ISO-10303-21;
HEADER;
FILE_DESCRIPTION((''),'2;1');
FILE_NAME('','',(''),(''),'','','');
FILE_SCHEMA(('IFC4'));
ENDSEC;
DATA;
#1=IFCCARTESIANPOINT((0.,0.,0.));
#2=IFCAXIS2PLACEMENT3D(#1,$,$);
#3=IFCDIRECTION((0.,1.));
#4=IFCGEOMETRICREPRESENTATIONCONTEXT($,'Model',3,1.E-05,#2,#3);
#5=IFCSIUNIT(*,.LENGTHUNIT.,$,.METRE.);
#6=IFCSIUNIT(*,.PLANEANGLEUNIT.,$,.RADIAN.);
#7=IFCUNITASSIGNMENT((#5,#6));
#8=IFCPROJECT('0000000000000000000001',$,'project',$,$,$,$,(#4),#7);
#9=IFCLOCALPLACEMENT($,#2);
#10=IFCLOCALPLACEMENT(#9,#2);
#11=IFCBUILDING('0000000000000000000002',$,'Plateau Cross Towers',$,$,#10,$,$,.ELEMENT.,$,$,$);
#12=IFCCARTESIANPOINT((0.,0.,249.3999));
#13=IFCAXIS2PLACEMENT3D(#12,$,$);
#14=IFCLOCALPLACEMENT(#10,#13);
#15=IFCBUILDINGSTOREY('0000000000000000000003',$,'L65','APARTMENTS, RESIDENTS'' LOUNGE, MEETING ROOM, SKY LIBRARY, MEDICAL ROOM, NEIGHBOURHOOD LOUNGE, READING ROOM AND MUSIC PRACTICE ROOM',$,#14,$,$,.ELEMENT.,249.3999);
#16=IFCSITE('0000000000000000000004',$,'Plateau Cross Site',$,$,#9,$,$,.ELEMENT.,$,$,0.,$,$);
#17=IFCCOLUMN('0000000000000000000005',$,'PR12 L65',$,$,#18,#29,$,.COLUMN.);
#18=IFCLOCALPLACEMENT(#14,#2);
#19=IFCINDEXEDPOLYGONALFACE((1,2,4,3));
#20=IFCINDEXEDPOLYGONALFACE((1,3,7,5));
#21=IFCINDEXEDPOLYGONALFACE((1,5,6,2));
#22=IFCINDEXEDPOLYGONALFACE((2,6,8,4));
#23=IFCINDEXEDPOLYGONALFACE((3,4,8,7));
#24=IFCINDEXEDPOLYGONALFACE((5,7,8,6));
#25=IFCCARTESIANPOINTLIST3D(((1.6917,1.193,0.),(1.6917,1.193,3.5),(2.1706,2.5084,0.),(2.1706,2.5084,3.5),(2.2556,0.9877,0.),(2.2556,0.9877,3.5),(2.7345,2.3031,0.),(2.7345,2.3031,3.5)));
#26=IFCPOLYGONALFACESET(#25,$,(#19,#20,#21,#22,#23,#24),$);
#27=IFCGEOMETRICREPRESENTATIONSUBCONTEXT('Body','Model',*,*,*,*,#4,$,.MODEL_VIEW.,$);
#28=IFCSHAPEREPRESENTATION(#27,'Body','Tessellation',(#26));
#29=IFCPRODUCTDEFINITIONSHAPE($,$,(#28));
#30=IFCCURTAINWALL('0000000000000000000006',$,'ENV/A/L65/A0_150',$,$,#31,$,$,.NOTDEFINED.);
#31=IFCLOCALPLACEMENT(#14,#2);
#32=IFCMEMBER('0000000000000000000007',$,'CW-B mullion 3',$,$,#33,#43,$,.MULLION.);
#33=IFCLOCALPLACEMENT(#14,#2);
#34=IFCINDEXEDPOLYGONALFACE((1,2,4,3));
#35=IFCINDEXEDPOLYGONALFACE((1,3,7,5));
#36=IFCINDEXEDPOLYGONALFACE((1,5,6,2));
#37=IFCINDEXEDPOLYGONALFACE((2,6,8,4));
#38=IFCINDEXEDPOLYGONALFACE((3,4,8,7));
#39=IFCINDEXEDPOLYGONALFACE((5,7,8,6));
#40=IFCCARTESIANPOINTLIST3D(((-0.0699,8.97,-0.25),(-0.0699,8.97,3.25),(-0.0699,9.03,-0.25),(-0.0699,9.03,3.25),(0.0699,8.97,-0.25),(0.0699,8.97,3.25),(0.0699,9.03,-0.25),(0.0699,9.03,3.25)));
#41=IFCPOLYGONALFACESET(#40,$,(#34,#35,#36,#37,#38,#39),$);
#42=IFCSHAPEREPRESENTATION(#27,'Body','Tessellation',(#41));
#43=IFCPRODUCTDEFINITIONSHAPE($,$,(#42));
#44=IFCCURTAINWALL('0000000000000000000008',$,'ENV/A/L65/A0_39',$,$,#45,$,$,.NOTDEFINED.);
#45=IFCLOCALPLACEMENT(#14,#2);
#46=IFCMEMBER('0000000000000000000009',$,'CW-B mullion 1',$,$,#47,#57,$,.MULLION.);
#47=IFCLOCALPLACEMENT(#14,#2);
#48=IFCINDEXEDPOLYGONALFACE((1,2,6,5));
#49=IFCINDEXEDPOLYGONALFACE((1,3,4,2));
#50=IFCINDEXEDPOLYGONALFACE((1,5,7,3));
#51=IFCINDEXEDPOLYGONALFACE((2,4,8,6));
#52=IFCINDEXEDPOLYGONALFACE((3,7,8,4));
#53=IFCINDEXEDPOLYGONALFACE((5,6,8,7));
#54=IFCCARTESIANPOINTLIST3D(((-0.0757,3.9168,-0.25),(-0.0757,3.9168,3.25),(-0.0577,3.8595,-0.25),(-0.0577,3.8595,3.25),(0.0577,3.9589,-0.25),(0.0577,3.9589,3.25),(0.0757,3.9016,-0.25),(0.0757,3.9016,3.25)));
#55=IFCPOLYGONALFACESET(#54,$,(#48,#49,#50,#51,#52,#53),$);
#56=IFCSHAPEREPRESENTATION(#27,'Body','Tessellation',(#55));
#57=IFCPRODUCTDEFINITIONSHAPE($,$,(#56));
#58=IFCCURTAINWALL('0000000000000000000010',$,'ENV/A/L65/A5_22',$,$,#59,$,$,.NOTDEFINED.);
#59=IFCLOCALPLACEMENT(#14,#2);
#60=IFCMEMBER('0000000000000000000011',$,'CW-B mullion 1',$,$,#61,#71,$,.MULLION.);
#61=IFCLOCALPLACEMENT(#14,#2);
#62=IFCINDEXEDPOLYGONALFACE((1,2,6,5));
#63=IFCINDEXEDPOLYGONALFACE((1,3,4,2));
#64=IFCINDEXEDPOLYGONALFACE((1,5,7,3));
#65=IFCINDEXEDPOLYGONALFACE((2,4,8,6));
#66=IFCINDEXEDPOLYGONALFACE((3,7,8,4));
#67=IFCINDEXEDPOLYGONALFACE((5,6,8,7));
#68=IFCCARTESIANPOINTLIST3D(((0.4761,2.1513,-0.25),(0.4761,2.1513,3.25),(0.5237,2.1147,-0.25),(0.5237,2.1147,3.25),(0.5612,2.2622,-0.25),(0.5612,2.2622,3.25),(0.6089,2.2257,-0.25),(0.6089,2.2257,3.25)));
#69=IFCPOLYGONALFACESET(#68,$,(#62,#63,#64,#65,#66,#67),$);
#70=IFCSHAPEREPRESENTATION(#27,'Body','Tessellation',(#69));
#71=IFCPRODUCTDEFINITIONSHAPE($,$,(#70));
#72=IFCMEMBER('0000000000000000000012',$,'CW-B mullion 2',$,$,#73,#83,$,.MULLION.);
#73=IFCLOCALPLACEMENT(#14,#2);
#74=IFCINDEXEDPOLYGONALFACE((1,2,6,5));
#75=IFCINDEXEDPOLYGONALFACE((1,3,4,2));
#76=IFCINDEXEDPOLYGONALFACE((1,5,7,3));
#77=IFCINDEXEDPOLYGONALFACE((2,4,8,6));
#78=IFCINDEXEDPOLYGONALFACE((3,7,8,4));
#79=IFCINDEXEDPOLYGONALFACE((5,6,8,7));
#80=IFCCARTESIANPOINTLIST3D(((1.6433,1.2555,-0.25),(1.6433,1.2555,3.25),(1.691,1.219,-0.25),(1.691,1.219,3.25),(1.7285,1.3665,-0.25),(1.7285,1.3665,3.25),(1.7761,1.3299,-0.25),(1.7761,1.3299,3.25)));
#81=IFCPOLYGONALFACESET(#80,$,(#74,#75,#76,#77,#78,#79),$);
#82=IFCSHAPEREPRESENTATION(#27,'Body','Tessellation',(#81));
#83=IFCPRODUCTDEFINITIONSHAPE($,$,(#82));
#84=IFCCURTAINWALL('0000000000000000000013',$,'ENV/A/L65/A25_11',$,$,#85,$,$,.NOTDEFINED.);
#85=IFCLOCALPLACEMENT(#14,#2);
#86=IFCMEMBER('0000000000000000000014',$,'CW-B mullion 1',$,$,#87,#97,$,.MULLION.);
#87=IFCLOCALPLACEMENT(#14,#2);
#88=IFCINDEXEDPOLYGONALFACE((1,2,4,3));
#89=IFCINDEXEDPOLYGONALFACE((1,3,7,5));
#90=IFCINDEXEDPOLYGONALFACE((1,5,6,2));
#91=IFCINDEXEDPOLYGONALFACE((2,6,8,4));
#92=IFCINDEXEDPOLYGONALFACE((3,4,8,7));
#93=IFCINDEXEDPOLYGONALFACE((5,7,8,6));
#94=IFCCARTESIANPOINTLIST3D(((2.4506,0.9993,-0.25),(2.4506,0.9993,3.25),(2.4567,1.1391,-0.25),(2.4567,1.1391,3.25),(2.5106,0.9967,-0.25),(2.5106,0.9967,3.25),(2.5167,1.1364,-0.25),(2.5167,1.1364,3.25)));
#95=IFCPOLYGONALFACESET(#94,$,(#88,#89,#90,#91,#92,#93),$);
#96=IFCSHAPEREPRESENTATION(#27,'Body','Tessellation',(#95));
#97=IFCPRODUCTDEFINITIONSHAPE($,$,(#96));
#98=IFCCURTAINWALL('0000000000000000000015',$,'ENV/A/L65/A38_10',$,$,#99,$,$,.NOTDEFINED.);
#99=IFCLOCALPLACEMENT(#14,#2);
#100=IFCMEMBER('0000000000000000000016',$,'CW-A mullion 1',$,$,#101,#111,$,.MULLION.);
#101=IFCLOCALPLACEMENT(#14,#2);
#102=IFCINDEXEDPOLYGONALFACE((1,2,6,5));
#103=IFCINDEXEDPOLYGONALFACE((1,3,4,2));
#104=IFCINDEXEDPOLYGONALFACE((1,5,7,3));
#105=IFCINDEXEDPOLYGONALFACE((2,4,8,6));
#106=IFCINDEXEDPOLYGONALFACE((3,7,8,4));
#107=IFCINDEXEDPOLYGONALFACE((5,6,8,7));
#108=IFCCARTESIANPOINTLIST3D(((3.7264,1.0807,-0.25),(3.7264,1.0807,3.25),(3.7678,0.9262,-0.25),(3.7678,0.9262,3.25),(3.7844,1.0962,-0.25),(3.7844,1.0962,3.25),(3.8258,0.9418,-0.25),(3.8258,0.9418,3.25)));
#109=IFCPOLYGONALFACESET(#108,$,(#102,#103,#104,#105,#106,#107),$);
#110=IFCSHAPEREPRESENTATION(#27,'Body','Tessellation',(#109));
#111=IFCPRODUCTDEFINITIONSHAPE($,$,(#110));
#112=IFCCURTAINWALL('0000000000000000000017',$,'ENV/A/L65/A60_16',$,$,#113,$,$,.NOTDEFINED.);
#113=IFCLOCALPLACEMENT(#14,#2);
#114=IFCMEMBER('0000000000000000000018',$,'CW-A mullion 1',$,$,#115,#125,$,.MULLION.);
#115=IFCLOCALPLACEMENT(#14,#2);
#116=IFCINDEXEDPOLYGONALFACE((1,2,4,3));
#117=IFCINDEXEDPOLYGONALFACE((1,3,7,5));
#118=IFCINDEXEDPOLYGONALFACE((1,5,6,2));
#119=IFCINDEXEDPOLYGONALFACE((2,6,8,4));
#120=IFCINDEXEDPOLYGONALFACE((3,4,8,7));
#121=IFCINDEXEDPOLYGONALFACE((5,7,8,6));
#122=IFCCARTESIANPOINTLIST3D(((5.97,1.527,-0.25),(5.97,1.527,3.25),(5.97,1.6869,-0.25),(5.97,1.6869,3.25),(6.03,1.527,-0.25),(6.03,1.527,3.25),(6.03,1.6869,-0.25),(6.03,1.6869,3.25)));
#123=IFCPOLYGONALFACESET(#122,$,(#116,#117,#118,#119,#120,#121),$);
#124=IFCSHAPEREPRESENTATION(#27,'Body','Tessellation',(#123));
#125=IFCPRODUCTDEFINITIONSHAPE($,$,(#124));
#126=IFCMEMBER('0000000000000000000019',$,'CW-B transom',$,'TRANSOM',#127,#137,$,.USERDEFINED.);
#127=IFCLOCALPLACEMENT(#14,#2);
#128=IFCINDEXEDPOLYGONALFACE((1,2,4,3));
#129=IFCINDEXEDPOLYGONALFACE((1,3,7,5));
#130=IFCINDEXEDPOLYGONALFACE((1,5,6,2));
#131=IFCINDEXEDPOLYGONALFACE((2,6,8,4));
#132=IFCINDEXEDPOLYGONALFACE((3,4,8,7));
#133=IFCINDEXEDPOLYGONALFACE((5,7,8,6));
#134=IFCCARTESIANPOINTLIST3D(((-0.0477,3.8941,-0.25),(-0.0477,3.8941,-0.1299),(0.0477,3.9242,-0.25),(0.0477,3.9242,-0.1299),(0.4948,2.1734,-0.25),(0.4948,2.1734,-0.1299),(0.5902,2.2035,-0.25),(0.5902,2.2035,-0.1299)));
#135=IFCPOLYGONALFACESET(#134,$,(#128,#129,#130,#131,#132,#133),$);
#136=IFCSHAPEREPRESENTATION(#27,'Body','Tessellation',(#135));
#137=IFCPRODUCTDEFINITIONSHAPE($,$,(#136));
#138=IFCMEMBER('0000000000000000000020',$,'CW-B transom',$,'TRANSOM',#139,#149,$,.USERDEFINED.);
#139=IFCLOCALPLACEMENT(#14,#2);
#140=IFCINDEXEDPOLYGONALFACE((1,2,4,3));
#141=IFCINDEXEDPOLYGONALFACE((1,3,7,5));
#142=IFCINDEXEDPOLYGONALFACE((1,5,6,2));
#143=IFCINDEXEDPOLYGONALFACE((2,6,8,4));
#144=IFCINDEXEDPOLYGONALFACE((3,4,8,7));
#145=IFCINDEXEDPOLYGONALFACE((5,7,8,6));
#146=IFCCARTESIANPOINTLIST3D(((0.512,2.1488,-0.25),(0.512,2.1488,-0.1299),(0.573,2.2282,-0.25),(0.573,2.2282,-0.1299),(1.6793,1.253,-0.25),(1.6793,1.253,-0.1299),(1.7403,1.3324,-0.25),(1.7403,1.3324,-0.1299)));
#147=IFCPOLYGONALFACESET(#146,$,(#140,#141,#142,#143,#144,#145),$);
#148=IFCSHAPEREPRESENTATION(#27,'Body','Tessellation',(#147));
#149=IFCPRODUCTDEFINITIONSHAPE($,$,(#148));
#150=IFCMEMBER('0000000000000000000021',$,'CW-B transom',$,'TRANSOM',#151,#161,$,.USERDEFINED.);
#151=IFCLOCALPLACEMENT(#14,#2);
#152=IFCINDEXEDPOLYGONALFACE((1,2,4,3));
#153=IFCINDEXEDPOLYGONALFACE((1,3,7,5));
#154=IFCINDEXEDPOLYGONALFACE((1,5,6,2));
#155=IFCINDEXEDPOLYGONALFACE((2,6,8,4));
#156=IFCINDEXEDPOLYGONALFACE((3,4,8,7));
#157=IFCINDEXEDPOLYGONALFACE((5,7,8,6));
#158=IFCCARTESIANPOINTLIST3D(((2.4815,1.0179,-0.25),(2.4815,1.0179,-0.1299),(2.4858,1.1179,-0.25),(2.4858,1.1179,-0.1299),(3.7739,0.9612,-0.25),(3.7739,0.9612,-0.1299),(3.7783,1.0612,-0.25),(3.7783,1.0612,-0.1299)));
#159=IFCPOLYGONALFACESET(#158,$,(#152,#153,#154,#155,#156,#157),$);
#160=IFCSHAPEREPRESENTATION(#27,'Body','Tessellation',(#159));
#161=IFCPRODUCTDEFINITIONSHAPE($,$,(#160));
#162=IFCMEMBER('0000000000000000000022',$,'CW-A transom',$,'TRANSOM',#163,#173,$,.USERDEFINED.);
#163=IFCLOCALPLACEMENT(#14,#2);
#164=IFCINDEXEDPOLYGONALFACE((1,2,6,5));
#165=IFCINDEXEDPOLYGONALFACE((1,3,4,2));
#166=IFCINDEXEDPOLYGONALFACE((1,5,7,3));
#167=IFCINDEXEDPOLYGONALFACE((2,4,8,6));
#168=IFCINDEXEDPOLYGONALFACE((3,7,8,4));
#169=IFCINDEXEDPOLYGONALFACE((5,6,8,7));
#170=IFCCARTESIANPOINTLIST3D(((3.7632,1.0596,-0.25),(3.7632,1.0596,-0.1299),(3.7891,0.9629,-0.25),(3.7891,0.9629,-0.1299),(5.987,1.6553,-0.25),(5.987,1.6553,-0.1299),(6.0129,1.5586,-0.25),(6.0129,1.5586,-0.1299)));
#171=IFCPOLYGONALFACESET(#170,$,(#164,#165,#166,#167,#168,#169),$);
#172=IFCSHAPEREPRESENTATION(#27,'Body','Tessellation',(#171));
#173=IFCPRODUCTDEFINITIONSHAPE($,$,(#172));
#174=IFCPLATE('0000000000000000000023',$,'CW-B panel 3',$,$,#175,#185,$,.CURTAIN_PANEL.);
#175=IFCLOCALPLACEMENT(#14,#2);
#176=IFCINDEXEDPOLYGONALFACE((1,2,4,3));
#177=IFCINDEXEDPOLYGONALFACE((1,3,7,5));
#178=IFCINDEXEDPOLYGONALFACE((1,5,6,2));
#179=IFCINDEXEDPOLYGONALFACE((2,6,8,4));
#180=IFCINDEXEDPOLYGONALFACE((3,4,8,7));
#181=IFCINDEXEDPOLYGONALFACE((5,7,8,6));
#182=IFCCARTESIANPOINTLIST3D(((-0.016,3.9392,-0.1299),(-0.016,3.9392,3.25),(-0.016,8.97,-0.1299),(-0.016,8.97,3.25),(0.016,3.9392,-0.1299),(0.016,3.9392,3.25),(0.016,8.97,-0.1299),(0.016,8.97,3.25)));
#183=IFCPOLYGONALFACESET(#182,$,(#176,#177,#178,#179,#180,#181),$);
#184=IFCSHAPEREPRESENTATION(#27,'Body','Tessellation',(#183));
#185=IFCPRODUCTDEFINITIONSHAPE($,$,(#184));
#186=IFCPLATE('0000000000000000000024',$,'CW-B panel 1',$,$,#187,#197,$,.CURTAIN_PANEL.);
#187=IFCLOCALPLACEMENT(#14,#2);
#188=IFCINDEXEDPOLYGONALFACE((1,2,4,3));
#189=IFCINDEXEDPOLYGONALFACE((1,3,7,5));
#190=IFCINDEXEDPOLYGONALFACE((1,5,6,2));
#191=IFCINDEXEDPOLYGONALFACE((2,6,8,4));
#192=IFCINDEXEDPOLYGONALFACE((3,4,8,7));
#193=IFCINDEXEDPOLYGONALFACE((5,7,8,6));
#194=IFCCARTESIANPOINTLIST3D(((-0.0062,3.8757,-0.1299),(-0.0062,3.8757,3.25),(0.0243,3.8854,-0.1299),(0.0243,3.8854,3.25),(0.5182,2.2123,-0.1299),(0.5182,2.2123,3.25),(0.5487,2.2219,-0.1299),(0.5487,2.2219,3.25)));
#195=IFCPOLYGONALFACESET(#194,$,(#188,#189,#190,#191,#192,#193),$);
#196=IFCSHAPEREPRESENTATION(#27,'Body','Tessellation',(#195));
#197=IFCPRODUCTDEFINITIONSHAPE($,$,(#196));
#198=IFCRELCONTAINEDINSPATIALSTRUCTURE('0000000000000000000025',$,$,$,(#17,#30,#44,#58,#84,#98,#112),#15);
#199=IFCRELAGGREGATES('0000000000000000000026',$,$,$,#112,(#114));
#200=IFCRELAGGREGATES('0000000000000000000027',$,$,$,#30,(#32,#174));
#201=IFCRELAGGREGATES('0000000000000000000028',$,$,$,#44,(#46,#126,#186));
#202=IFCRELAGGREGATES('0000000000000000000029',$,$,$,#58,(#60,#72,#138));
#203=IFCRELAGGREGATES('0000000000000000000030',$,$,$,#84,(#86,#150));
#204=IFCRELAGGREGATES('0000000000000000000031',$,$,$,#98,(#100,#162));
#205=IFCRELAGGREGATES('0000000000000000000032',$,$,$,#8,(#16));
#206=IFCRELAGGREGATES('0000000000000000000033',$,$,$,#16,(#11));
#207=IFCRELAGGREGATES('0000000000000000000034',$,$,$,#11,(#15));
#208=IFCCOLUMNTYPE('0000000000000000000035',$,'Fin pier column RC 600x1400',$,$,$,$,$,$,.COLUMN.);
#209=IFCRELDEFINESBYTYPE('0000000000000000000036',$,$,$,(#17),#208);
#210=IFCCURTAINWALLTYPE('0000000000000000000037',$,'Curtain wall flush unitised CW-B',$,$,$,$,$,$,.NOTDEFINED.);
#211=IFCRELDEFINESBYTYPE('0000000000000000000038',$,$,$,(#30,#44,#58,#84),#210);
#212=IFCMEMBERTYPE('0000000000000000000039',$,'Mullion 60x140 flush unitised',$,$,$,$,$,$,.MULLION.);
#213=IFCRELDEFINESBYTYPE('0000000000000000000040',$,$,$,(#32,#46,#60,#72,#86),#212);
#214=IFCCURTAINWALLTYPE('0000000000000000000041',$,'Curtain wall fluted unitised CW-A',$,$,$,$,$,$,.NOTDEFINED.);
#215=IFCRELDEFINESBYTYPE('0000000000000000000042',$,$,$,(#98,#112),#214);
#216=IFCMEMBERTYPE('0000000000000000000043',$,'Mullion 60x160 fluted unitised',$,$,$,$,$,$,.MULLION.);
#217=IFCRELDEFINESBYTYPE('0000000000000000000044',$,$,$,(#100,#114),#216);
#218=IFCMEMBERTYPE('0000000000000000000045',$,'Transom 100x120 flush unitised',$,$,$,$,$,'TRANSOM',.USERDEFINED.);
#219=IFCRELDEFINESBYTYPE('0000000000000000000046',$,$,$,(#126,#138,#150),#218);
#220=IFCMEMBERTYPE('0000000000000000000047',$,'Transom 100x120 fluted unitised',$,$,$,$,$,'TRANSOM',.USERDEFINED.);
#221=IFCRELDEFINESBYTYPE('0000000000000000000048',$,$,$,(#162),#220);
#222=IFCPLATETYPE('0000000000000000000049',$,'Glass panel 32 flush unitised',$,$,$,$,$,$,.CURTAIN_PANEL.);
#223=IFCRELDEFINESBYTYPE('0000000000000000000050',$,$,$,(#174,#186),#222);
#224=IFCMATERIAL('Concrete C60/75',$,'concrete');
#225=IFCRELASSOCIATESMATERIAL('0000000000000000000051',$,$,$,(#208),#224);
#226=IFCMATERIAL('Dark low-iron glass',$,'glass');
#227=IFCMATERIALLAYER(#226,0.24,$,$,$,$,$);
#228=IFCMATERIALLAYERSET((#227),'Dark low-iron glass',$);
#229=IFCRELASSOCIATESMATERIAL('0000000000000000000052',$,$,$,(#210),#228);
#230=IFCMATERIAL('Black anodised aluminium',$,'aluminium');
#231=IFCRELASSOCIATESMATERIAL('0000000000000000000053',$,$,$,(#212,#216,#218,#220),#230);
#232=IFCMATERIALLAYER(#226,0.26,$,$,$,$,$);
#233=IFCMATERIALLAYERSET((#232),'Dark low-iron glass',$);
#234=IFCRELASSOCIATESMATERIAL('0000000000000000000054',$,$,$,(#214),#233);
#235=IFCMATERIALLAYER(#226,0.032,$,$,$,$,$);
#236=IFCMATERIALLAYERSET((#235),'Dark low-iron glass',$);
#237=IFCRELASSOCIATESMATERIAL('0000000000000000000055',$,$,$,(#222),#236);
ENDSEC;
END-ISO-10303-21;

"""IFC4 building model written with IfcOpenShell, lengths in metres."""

from ifc_helpers import new_model, si_unit, direction, frame, origin, origin_2d, place, context, subcontext, project, spatial, rectangle, extrude, material, layer, layer_set, material_profile, profile_set, type_object, element, aggregate, save


model = new_model("IFC4")

# Units and contexts
model_context = context("Model", 3, precision=1e-05, world=origin(), true_north=direction((0.0, 1.0)))
body_context = subcontext(model_context, "Body", "Model", "MODEL_VIEW")
ifc_project = project(units=[si_unit("LENGTHUNIT", "METRE"), si_unit("PLANEANGLEUNIT", "RADIAN")], contexts=[model_context])

# Site, building, storey
site_placement = place(None, origin())
site = spatial("IfcSite", under=ifc_project, at=site_placement, Name="Plateau Cross Site", CompositionType="ELEMENT", RefElevation=0.0)
building_placement = place(site_placement, origin())
building = spatial("IfcBuilding", under=site, at=building_placement, Name="Plateau Cross Towers", CompositionType="ELEMENT")
storey_placement = place(building_placement, frame((0.0, 0.0, 249.3999)))
storey = spatial("IfcBuildingStorey", under=building, at=storey_placement, Name="L65", Description="APARTMENTS, RESIDENTS' LOUNGE, MEETING ROOM, SKY LIBRARY, MEDICAL ROOM, NEIGHBOURHOOD LOUNGE, READING ROOM AND MUSIC PRACTICE ROOM", CompositionType="ELEMENT", Elevation=249.3999)

# Column
ifc_material_1 = material(Name="Concrete C60/75", Category="concrete")
ifc_material_profile_1 = material_profile(ifc_material_1, rectangle(XDim=0.6001, YDim=1.3999, at=origin_2d()), Name="RC 600x1400")
ifc_profile_set_1 = profile_set([ifc_material_profile_1], Name="Concrete C60/75")
column_type = type_object("IfcColumnType", Name="Fin pier column RC 600x1400", PredefinedType="COLUMN", material=ifc_profile_set_1)
column_placement = place(storey_placement, frame((2.2131, 1.748, 0.0), z_axis=(0.0, 0.0, 1.0), x_axis=(-0.939664, 0.342098, 0.0)))
element("IfcColumn", 1, at=column_placement, inside=storey, type_object=column_type, Name="PR12 L65", PredefinedType="COLUMN", context=body_context, shape_type="SweptSolid", body=[
    extrude(rectangle(XDim=0.6001, YDim=1.3999, at=origin_2d()), origin(), (0.0, 0.0, 1.0), 3.5),
])

# Curtain walls, members
ifc_material_2 = material(Name="Dark low-iron glass", Category="glass")
ifc_layer_1 = layer(ifc_material_2, 0.24)
ifc_layer_set_1 = layer_set([ifc_layer_1], Name="Dark low-iron glass")
curtain_wall_type_1 = type_object("IfcCurtainWallType", Name="Curtain wall flush unitised CW-B", PredefinedType="NOTDEFINED", material=ifc_layer_set_1)
curtain_wall_1_placement = place(storey_placement, origin())
curtain_wall_1 = element("IfcCurtainWall", 2, at=curtain_wall_1_placement, inside=storey, type_object=curtain_wall_type_1, Name="ENV/A/L65/A0_150", PredefinedType="NOTDEFINED")
ifc_material_3 = material(Name="Black anodised aluminium", Category="aluminium")
ifc_material_profile_2 = material_profile(ifc_material_3, rectangle(XDim=0.0601, YDim=0.1399, at=origin_2d()), Name="MULLION 60x140")
ifc_profile_set_2 = profile_set([ifc_material_profile_2], Name="Black anodised aluminium")
member_type_1 = type_object("IfcMemberType", Name="Mullion 60x140 flush unitised", PredefinedType="MULLION", material=ifc_profile_set_2)
member_1_placement = place(storey_placement, frame((0.0, 9.0, -0.25), z_axis=(0.0, 0.0, 1.0), x_axis=(0.0, -1.0, 0.0)))
member_1 = element("IfcMember", 3, at=member_1_placement, type_object=member_type_1, Name="CW-B mullion 3", PredefinedType="MULLION", context=body_context, shape_type="SweptSolid", body=[
    extrude(rectangle(XDim=0.0601, YDim=0.1399, at=origin_2d()), origin(), (0.0, 0.0, 1.0), 3.5),
])
curtain_wall_2_placement = place(storey_placement, origin())
curtain_wall_2 = element("IfcCurtainWall", 4, at=curtain_wall_2_placement, inside=storey, type_object=curtain_wall_type_1, Name="ENV/A/L65/A0_39", PredefinedType="NOTDEFINED")
member_2_placement = place(storey_placement, frame((0.0, 3.9092, -0.25), z_axis=(0.0, 0.0, 1.0), x_axis=(0.300686, -0.953723, 0.0)))
member_2 = element("IfcMember", 5, at=member_2_placement, type_object=member_type_1, Name="CW-B mullion 1", PredefinedType="MULLION", context=body_context, shape_type="SweptSolid", body=[
    extrude(rectangle(XDim=0.0601, YDim=0.1399, at=origin_2d()), origin(), (0.0, 0.0, 1.0), 3.5),
])

# Curtain wall, members
curtain_wall_3_placement = place(storey_placement, origin())
curtain_wall_3 = element("IfcCurtainWall", 6, at=curtain_wall_3_placement, inside=storey, type_object=curtain_wall_type_1, Name="ENV/A/L65/A5_22", PredefinedType="NOTDEFINED")
member_3_placement = place(storey_placement, frame((0.5425, 2.1885, -0.25), z_axis=(0.0, 0.0, 1.0), x_axis=(0.793316, -0.608811, 0.0)))
member_3 = element("IfcMember", 7, at=member_3_placement, type_object=member_type_1, Name="CW-B mullion 1", PredefinedType="MULLION", context=body_context, shape_type="SweptSolid", body=[
    extrude(rectangle(XDim=0.0601, YDim=0.1399, at=origin_2d()), origin(), (0.0, 0.0, 1.0), 3.5),
])
member_4_placement = place(storey_placement, frame((1.7097, 1.2927, -0.25), z_axis=(0.0, 0.0, 1.0), x_axis=(0.793316, -0.608811, 0.0)))
member_4 = element("IfcMember", 8, at=member_4_placement, type_object=member_type_1, Name="CW-B mullion 2", PredefinedType="MULLION", context=body_context, shape_type="SweptSolid", body=[
    extrude(rectangle(XDim=0.0601, YDim=0.1399, at=origin_2d()), origin(), (0.0, 0.0, 1.0), 3.5),
])

# Curtain walls, members
curtain_wall_4_placement = place(storey_placement, origin())
curtain_wall_4 = element("IfcCurtainWall", 9, at=curtain_wall_4_placement, inside=storey, type_object=curtain_wall_type_1, Name="ENV/A/L65/A25_11", PredefinedType="NOTDEFINED")
member_5_placement = place(storey_placement, frame((2.4836, 1.0679, -0.25), z_axis=(0.0, 0.0, 1.0), x_axis=(0.999044, -0.043723, 0.0)))
member_5 = element("IfcMember", 10, at=member_5_placement, type_object=member_type_1, Name="CW-B mullion 1", PredefinedType="MULLION", context=body_context, shape_type="SweptSolid", body=[
    extrude(rectangle(XDim=0.0601, YDim=0.1399, at=origin_2d()), origin(), (0.0, 0.0, 1.0), 3.5),
])
ifc_layer_2 = layer(ifc_material_2, 0.26)
ifc_layer_set_2 = layer_set([ifc_layer_2], Name="Dark low-iron glass")
curtain_wall_type_2 = type_object("IfcCurtainWallType", Name="Curtain wall fluted unitised CW-A", PredefinedType="NOTDEFINED", material=ifc_layer_set_2)
curtain_wall_5_placement = place(storey_placement, origin())
curtain_wall_5 = element("IfcCurtainWall", 11, at=curtain_wall_5_placement, inside=storey, type_object=curtain_wall_type_2, Name="ENV/A/L65/A38_10", PredefinedType="NOTDEFINED")
ifc_material_profile_3 = material_profile(ifc_material_3, rectangle(XDim=0.0601, YDim=0.1599, at=origin_2d()), Name="MULLION 60x160")
ifc_profile_set_3 = profile_set([ifc_material_profile_3], Name="Black anodised aluminium")
member_type_2 = type_object("IfcMemberType", Name="Mullion 60x160 fluted unitised", PredefinedType="MULLION", material=ifc_profile_set_3)
member_6_placement = place(storey_placement, frame((3.7761, 1.0112, -0.25), z_axis=(0.0, 0.0, 1.0), x_axis=(0.965958, 0.258699, 0.0)))
member_6 = element("IfcMember", 12, at=member_6_placement, type_object=member_type_2, Name="CW-A mullion 1", PredefinedType="MULLION", context=body_context, shape_type="SweptSolid", body=[
    extrude(rectangle(XDim=0.0601, YDim=0.1599, at=origin_2d()), origin(), (0.0, 0.0, 1.0), 3.5),
])
curtain_wall_6_placement = place(storey_placement, origin())
curtain_wall_6 = element("IfcCurtainWall", 13, at=curtain_wall_6_placement, inside=storey, type_object=curtain_wall_type_2, Name="ENV/A/L65/A60_16", PredefinedType="NOTDEFINED")
member_7_placement = place(storey_placement, frame((6.0, 1.6069, -0.25), z_axis=(0.0, 0.0, 1.0), x_axis=(1.0, 0.0, 0.0)))
member_7 = element("IfcMember", 14, at=member_7_placement, type_object=member_type_2, Name="CW-A mullion 1", PredefinedType="MULLION", context=body_context, shape_type="SweptSolid", body=[
    extrude(rectangle(XDim=0.0601, YDim=0.1599, at=origin_2d()), origin(), (0.0, 0.0, 1.0), 3.5),
])
aggregate(curtain_wall_6, [member_7])

# Members
ifc_material_profile_4 = material_profile(ifc_material_3, rectangle(XDim=0.1001, YDim=0.1201, at=origin_2d()), Name="TRANSOM 100x120")
ifc_profile_set_4 = profile_set([ifc_material_profile_4], Name="Black anodised aluminium")
member_type_3 = type_object("IfcMemberType", Name="Transom 100x120 flush unitised", ElementType="TRANSOM", PredefinedType="USERDEFINED", material=ifc_profile_set_4)
member_8_placement = place(storey_placement, frame((0.0, 3.9092, -0.1899), z_axis=(0.300678, -0.953726, 0.0), x_axis=(0.953726, 0.300678, 0.0)))
member_8 = element("IfcMember", 15, at=member_8_placement, type_object=member_type_3, Name="CW-B transom", ObjectType="TRANSOM", PredefinedType="USERDEFINED", context=body_context, shape_type="SweptSolid", body=[
    extrude(rectangle(XDim=0.1001, YDim=0.1201, at=origin_2d()), origin(), (0.0, 0.0, 1.0), 1.8042),
])
member_9_placement = place(storey_placement, frame((0.5425, 2.1885, -0.1899), z_axis=(0.793321, -0.608804, 0.0), x_axis=(0.608804, 0.793321, 0.0)))
member_9 = element("IfcMember", 16, at=member_9_placement, type_object=member_type_3, Name="CW-B transom", ObjectType="TRANSOM", PredefinedType="USERDEFINED", context=body_context, shape_type="SweptSolid", body=[
    extrude(rectangle(XDim=0.1001, YDim=0.1201, at=origin_2d()), origin(), (0.0, 0.0, 1.0), 1.4714),
])
member_10_placement = place(storey_placement, frame((2.4836, 1.0679, -0.1899), z_axis=(0.999041, -0.043781, 0.0), x_axis=(0.043781, 0.999041, 0.0)))
member_10 = element("IfcMember", 17, at=member_10_placement, type_object=member_type_3, Name="CW-B transom", ObjectType="TRANSOM", PredefinedType="USERDEFINED", context=body_context, shape_type="SweptSolid", body=[
    extrude(rectangle(XDim=0.1001, YDim=0.1201, at=origin_2d()), origin(), (0.0, 0.0, 1.0), 1.2937),
])
ifc_material_profile_5 = material_profile(ifc_material_3, rectangle(XDim=0.1001, YDim=0.1201, at=origin_2d()), Name="TRANSOM 100x120")
ifc_profile_set_5 = profile_set([ifc_material_profile_5], Name="Black anodised aluminium")
member_type_4 = type_object("IfcMemberType", Name="Transom 100x120 fluted unitised", ElementType="TRANSOM", PredefinedType="USERDEFINED", material=ifc_profile_set_5)
member_11_placement = place(storey_placement, frame((3.7761, 1.0112, -0.1899), z_axis=(0.965946, 0.258745, 0.0), x_axis=(-0.258745, 0.965946, 0.0)))
member_11 = element("IfcMember", 18, at=member_11_placement, type_object=member_type_4, Name="CW-A transom", ObjectType="TRANSOM", PredefinedType="USERDEFINED", context=body_context, shape_type="SweptSolid", body=[
    extrude(rectangle(XDim=0.1001, YDim=0.1201, at=origin_2d()), origin(), (0.0, 0.0, 1.0), 2.3022),
])

# Plates
ifc_layer_3 = layer(ifc_material_2, 0.032)
ifc_layer_set_3 = layer_set([ifc_layer_3], Name="Dark low-iron glass")
plate_type_1 = type_object("IfcPlateType", Name="Glass panel 32 flush unitised", PredefinedType="CURTAIN_PANEL", material=ifc_layer_set_3)
plate_1_placement = place(storey_placement, frame((0.0, 6.4546, -0.1299), z_axis=(0.0, 0.0, 1.0), x_axis=(0.0, -1.0, 0.0)))
plate_1 = element("IfcPlate", 19, at=plate_1_placement, type_object=plate_type_1, Name="CW-B panel 3", PredefinedType="CURTAIN_PANEL", context=body_context, shape_type="SweptSolid", body=[
    extrude(rectangle(XDim=5.0308, YDim=0.032, at=origin_2d()), origin(), (0.0, 0.0, 1.0), 3.3799),
])
aggregate(curtain_wall_1, [member_1, plate_1])
plate_2_placement = place(storey_placement, frame((0.2712, 3.0488, -0.1299), z_axis=(0.0, 0.0, 1.0), x_axis=(0.300686, -0.953723, 0.0)))
plate_2 = element("IfcPlate", 20, at=plate_2_placement, type_object=plate_type_1, Name="CW-B panel 1", PredefinedType="CURTAIN_PANEL", context=body_context, shape_type="SweptSolid", body=[
    extrude(rectangle(XDim=1.7441, YDim=0.032, at=origin_2d()), origin(), (0.0, 0.0, 1.0), 3.3799),
])
aggregate(curtain_wall_2, [member_2, member_8, plate_2])
aggregate(curtain_wall_3, [member_3, member_4, member_9])
aggregate(curtain_wall_4, [member_5, member_10])
aggregate(curtain_wall_5, [member_6, member_11])

save(model, "model.ifc")
